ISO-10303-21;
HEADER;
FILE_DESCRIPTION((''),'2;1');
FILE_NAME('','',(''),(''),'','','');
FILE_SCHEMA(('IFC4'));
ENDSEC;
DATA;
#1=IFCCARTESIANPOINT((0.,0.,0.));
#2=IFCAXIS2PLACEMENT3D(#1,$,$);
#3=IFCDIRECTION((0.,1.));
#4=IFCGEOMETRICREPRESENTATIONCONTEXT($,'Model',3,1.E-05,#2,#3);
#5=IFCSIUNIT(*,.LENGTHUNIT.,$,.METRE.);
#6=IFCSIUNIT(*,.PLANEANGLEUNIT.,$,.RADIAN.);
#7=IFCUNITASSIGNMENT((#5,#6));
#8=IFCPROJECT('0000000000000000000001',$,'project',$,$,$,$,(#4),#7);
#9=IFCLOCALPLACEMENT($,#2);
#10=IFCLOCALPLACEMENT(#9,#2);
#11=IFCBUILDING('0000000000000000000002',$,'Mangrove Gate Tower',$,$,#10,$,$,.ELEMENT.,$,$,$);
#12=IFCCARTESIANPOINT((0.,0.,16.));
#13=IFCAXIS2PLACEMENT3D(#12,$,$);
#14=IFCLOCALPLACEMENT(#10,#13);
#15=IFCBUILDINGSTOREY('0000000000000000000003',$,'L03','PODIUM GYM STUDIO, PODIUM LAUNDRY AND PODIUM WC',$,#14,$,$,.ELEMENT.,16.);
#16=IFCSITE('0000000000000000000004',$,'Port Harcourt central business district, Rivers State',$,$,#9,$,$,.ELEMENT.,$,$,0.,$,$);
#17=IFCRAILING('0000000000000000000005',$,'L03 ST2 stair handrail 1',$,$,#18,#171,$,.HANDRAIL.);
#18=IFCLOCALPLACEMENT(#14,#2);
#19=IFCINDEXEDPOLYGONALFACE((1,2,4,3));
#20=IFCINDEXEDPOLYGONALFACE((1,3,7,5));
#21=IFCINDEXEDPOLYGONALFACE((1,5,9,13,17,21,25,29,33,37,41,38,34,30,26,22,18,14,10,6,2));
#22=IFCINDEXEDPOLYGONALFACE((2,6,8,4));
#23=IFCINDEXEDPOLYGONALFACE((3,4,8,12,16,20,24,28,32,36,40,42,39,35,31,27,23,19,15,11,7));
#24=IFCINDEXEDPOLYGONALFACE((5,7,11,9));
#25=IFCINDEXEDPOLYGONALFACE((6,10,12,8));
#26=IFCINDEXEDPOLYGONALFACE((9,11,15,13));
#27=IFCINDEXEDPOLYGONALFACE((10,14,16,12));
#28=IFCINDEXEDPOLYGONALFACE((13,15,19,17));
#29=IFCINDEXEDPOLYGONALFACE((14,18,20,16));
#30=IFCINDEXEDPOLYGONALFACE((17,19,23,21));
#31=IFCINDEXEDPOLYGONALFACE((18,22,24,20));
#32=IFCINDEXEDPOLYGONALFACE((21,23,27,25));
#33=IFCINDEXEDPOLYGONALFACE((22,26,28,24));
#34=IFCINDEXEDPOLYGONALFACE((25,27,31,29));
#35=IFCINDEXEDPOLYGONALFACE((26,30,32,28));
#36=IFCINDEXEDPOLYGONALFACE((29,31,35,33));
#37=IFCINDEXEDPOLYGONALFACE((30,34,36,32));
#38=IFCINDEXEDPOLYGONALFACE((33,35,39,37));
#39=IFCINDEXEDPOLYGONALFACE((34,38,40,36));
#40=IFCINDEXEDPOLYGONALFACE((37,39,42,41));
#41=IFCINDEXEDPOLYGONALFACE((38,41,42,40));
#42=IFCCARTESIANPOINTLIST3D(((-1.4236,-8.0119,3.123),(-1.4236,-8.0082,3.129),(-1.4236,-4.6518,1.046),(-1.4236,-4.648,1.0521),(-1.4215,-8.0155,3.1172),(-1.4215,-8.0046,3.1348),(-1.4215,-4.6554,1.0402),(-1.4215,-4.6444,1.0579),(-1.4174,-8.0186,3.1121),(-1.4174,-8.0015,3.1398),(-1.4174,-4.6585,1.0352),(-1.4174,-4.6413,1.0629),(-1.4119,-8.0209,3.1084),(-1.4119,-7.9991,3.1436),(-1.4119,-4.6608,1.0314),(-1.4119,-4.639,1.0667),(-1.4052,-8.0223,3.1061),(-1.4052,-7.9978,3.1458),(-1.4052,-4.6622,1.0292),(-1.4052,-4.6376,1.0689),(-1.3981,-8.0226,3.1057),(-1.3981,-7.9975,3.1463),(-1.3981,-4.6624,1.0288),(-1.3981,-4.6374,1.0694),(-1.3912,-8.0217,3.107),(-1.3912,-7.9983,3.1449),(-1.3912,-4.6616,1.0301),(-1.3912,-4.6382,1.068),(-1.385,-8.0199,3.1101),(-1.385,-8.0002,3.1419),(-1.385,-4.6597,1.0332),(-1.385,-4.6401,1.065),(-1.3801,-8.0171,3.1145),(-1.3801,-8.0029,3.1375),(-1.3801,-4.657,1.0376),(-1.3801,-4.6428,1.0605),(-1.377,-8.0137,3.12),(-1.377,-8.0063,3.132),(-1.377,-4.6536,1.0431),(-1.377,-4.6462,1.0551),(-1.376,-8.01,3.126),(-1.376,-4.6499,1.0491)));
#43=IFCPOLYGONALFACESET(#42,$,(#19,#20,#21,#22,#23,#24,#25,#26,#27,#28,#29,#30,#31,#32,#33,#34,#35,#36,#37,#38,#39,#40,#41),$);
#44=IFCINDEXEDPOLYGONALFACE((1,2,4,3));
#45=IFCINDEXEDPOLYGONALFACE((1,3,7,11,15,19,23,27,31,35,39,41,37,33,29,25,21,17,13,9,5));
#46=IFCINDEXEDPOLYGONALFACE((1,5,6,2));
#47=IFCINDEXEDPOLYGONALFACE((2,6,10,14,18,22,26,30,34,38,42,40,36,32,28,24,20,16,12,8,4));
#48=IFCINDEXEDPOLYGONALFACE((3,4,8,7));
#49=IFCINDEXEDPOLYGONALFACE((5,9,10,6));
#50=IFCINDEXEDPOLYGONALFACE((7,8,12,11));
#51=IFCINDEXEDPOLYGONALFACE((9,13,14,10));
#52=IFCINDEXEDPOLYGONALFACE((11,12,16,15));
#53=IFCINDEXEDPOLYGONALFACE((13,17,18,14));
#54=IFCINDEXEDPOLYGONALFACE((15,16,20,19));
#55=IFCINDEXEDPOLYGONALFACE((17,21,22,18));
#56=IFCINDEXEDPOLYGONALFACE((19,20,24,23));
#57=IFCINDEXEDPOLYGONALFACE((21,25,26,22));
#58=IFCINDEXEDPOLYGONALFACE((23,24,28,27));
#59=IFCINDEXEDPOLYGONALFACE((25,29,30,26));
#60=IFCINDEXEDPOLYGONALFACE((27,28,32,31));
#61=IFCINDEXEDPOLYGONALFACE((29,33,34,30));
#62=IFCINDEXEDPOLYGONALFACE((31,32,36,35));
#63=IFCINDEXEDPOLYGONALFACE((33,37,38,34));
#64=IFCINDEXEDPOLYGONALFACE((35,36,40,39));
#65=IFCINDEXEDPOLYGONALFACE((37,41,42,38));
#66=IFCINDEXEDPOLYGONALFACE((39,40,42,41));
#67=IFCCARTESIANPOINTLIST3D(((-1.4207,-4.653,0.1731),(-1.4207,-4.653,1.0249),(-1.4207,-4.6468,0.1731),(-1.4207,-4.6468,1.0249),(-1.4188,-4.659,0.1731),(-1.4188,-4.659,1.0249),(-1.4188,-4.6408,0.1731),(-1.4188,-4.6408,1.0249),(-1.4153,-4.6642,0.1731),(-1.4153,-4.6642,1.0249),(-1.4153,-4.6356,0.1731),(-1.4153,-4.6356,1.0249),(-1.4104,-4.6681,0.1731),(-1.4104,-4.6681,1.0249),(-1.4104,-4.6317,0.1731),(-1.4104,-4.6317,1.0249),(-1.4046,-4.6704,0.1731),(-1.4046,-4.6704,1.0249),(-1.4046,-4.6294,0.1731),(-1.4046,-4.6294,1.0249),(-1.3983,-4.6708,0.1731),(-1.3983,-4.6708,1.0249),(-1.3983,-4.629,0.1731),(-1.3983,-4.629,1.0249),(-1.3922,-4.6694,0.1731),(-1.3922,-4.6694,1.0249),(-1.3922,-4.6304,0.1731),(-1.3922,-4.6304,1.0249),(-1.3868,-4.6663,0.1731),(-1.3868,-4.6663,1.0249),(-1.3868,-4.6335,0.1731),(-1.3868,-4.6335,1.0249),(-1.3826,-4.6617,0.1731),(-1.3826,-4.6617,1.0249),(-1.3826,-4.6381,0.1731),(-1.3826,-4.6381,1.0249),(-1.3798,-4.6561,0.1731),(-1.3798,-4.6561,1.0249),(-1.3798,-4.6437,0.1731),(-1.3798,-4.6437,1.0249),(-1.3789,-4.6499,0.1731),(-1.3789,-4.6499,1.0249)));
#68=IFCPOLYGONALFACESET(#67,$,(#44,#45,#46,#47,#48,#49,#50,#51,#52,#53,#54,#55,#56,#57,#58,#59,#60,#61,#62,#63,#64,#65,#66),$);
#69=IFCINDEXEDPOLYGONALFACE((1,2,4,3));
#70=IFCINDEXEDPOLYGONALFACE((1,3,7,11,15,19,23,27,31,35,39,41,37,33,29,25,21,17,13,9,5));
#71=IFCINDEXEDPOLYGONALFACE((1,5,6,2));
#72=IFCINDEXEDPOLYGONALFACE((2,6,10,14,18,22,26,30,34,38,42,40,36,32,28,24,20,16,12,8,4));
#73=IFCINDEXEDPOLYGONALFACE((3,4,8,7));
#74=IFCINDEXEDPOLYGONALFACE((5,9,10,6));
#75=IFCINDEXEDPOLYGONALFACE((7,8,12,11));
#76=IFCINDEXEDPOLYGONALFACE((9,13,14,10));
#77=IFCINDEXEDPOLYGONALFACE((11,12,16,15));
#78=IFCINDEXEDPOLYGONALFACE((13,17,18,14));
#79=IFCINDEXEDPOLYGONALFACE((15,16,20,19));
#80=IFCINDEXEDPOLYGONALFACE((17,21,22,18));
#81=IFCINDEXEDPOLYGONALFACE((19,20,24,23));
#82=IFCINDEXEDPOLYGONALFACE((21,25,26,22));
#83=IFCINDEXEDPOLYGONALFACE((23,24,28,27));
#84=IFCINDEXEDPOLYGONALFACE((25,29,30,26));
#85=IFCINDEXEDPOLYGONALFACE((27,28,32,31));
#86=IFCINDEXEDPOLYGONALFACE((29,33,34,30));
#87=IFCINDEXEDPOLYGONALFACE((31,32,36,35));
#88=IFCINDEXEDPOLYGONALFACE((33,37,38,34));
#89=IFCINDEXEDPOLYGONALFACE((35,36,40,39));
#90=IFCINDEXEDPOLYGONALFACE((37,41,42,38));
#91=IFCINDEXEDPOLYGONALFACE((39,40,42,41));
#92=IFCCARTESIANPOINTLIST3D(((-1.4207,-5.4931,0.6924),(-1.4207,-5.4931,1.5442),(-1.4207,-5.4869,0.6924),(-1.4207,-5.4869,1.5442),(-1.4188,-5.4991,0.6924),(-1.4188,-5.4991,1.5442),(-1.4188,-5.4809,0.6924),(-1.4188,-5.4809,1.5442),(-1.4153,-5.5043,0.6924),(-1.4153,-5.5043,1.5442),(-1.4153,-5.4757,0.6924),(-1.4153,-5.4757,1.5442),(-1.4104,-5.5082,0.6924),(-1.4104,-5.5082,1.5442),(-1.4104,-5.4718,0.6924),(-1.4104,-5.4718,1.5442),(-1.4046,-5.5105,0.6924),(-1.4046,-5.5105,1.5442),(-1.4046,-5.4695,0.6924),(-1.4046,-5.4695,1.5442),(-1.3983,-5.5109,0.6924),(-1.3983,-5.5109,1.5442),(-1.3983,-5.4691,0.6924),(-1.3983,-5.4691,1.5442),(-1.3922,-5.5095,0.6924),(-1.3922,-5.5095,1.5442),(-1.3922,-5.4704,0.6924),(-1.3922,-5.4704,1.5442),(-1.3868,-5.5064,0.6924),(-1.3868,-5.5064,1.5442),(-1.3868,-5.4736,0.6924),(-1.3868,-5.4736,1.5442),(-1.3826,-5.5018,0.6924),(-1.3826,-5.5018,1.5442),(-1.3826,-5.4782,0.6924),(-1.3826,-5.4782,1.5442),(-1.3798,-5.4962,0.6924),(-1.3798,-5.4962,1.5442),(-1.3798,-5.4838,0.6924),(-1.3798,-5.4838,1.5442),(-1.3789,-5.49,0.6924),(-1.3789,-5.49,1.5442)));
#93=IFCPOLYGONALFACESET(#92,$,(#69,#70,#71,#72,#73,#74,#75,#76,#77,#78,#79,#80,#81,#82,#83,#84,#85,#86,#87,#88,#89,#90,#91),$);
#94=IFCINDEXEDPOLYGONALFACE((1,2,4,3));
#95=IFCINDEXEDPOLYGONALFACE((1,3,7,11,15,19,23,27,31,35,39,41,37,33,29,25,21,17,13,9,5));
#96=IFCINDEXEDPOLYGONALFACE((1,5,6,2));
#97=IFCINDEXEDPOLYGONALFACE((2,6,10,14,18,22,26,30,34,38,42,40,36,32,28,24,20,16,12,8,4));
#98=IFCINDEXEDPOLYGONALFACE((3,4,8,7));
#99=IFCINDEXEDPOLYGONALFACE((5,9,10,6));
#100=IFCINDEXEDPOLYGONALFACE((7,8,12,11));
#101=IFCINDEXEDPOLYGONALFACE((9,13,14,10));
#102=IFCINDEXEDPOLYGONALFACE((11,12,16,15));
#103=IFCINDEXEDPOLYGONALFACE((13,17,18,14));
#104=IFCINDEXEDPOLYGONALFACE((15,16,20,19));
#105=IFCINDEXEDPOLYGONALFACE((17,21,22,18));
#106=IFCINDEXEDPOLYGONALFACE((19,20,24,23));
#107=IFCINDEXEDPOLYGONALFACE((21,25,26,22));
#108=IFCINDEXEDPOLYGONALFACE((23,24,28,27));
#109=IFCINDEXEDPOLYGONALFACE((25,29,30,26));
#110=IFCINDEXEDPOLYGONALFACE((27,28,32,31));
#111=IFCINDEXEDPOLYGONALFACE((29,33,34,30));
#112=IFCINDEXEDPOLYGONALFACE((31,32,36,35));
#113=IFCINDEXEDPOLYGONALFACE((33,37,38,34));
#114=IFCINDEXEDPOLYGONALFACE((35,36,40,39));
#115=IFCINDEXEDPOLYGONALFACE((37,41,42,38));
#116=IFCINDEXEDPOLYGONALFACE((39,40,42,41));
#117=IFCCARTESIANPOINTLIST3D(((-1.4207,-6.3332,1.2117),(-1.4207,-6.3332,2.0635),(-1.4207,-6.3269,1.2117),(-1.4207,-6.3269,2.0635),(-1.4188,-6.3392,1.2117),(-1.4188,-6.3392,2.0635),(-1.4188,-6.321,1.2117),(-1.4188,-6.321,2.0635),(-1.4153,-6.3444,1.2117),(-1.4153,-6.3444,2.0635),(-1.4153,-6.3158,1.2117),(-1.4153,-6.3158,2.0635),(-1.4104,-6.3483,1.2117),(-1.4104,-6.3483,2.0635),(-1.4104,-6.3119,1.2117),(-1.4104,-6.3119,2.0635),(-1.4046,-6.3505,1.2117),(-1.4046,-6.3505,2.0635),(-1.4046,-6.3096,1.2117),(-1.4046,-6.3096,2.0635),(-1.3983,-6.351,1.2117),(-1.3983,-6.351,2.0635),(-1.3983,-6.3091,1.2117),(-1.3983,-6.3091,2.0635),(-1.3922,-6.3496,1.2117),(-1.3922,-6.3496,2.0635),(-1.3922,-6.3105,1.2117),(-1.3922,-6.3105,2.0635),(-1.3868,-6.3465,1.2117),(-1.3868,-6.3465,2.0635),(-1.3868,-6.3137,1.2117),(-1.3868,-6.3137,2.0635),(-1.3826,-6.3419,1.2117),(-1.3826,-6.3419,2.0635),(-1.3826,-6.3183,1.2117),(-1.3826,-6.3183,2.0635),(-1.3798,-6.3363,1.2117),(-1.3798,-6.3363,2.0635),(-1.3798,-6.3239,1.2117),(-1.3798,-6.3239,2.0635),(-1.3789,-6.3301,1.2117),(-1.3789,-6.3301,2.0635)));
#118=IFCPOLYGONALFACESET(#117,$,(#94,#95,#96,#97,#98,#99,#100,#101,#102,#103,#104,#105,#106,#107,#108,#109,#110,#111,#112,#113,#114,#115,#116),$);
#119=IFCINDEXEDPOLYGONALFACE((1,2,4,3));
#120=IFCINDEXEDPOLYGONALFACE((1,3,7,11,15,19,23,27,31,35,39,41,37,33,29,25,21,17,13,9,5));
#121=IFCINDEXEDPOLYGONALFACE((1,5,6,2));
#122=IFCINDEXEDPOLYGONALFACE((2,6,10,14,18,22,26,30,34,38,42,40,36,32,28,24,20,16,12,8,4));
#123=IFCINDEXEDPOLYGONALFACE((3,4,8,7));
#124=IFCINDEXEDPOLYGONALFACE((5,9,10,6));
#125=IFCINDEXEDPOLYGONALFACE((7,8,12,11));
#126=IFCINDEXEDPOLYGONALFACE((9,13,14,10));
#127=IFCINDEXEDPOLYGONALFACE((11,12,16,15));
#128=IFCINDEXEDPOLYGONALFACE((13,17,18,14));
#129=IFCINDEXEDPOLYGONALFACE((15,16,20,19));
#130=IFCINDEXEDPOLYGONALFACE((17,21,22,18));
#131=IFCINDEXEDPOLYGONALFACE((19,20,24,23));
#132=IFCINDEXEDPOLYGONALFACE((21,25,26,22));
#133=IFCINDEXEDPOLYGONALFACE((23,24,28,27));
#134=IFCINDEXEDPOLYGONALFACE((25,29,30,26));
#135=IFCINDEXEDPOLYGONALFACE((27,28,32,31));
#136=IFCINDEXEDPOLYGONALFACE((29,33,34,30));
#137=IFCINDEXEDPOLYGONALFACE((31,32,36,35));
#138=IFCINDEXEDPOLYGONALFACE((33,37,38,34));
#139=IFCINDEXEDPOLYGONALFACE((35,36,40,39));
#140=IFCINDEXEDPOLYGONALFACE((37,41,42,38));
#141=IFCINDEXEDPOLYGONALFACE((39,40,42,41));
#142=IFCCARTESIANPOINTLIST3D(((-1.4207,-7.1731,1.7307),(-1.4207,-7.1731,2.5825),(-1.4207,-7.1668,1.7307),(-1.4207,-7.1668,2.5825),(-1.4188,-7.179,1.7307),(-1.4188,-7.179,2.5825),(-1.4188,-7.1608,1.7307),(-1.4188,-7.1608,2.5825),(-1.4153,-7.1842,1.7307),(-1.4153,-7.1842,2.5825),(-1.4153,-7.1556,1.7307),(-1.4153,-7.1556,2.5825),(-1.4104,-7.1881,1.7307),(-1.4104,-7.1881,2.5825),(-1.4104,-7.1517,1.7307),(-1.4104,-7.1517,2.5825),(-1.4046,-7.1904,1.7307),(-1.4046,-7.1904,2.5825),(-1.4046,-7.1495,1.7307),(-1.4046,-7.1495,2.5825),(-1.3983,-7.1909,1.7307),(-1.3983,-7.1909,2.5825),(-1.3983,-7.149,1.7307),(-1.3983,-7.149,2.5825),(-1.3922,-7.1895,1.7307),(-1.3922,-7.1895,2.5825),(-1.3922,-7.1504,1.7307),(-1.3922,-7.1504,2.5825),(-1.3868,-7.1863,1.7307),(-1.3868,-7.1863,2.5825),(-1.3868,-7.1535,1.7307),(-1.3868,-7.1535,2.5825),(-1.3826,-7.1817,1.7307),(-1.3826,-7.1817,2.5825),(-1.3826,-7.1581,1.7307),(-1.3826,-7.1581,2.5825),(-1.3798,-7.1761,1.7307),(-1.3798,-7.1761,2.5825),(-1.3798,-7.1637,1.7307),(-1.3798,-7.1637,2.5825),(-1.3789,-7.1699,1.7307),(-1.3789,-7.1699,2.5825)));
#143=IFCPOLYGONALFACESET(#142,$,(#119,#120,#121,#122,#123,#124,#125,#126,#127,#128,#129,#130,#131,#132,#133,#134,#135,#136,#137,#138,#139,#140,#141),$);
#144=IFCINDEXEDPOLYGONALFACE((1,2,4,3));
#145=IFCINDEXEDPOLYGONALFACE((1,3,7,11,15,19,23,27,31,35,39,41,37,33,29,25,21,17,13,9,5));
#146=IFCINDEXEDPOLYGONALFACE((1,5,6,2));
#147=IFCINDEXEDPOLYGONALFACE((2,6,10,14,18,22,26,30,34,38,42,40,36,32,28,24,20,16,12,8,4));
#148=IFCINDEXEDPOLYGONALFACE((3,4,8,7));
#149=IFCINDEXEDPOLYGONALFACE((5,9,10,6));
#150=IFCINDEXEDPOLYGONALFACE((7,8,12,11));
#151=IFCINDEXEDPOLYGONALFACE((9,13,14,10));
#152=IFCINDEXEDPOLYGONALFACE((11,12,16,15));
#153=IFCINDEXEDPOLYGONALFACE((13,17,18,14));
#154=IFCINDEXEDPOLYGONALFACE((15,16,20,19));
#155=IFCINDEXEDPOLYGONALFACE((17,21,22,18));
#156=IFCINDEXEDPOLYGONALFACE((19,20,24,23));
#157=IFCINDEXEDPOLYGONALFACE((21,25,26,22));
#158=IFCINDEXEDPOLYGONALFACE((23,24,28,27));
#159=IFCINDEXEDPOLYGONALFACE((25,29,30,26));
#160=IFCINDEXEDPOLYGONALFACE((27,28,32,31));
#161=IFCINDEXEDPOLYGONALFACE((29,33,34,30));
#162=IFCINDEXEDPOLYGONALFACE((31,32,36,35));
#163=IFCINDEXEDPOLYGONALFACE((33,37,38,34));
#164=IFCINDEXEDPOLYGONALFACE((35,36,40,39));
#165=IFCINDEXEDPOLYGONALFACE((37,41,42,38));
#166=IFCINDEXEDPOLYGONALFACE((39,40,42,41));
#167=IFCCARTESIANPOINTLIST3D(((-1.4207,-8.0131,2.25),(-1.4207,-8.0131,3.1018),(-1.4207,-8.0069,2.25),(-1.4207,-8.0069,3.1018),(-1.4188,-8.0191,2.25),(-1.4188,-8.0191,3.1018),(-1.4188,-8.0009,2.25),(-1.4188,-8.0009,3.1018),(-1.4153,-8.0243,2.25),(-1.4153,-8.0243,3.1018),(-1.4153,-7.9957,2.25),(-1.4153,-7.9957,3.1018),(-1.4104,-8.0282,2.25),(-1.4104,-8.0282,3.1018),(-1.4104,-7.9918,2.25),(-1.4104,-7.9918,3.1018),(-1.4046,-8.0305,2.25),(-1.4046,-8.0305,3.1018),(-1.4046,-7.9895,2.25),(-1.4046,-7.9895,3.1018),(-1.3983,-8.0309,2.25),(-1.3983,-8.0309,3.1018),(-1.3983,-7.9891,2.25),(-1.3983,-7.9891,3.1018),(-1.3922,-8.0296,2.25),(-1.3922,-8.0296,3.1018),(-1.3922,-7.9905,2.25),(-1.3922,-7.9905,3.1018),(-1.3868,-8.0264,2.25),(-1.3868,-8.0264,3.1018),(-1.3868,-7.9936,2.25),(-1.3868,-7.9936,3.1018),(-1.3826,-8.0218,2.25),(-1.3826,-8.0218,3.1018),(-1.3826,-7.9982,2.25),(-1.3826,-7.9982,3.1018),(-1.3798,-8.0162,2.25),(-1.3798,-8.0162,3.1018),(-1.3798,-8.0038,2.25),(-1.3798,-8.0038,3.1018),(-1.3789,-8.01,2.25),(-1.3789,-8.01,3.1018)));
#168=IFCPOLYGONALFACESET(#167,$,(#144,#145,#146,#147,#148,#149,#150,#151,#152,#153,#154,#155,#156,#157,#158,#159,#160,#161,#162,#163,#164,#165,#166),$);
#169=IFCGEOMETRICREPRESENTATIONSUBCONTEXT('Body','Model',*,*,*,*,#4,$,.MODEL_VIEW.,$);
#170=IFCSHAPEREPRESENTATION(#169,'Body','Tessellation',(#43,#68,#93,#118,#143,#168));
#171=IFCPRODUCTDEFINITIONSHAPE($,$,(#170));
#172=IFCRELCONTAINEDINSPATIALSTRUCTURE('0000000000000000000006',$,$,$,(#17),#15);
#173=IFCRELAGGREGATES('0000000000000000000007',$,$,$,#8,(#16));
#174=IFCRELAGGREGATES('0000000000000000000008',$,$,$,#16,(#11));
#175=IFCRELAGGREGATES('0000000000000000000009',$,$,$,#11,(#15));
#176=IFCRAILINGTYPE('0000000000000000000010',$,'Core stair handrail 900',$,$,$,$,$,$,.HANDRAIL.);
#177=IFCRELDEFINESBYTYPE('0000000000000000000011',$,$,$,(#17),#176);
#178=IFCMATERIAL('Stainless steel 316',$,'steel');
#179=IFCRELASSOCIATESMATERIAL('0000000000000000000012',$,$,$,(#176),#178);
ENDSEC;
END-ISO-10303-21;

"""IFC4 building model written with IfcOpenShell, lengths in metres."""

from ifc_helpers import new_model, si_unit, direction, frame, origin, origin_2d, place, context, subcontext, project, spatial, circle, extrude, material, type_object, element, save


model = new_model("IFC4")

# Units and contexts
model_context = context("Model", 3, precision=1e-05, world=origin(), true_north=direction((0.0, 1.0)))
body_context = subcontext(model_context, "Body", "Model", "MODEL_VIEW")
ifc_project = project(units=[si_unit("LENGTHUNIT", "METRE"), si_unit("PLANEANGLEUNIT", "RADIAN")], contexts=[model_context])

# Site, building, storey
site_placement = place(None, origin())
site = spatial("IfcSite", under=ifc_project, at=site_placement, Name="Port Harcourt central business district, Rivers State", CompositionType="ELEMENT", RefElevation=0.0)
building_placement = place(site_placement, origin())
building = spatial("IfcBuilding", under=site, at=building_placement, Name="Mangrove Gate Tower", CompositionType="ELEMENT")
storey_placement = place(building_placement, frame((0.0, 0.0, 16.0)))
storey = spatial("IfcBuildingStorey", under=building, at=storey_placement, Name="L03", Description="PODIUM GYM STUDIO, PODIUM LAUNDRY AND PODIUM WC", CompositionType="ELEMENT", Elevation=16.0)

# Railing
ifc_material_1 = material(Name="Stainless steel 316", Category="steel")
railing_type_1 = type_object("IfcRailingType", Name="Core stair handrail 900", PredefinedType="HANDRAIL", material=ifc_material_1)
railing_1_placement = place(storey_placement, frame((-1.3999, -4.6499, 0.1731)))
element("IfcRailing", 1, at=railing_1_placement, inside=storey, type_object=railing_type_1, Name="L03 ST2 stair handrail 1", PredefinedType="HANDRAIL", context=body_context, shape_type="SweptSolid", body=[
    extrude(circle(Radius=0.0239, at=origin_2d()), frame((0.0, 0.0, 0.876), z_axis=(0.0, -0.850623, 0.525776), x_axis=(1.0, 0.0, 0.0)), (0.0, 0.0, 1.0), 3.9502),
    extrude(circle(Radius=0.021, at=origin_2d()), origin(), (0.0, 0.0, 1.0), 0.8518),
    extrude(circle(Radius=0.021, at=origin_2d()), frame((0.0, -0.8401, 0.5193)), (0.0, 0.0, 1.0), 0.8518),
    extrude(circle(Radius=0.021, at=origin_2d()), frame((0.0, -1.6802, 1.0386)), (0.0, 0.0, 1.0), 0.8518),
    extrude(circle(Radius=0.021, at=origin_2d()), frame((0.0, -2.52, 1.5576)), (0.0, 0.0, 1.0), 0.8518),
    extrude(circle(Radius=0.021, at=origin_2d()), frame((0.0, -3.3601, 2.0769)), (0.0, 0.0, 1.0), 0.8518),
])

save(model, "model.ifc")
